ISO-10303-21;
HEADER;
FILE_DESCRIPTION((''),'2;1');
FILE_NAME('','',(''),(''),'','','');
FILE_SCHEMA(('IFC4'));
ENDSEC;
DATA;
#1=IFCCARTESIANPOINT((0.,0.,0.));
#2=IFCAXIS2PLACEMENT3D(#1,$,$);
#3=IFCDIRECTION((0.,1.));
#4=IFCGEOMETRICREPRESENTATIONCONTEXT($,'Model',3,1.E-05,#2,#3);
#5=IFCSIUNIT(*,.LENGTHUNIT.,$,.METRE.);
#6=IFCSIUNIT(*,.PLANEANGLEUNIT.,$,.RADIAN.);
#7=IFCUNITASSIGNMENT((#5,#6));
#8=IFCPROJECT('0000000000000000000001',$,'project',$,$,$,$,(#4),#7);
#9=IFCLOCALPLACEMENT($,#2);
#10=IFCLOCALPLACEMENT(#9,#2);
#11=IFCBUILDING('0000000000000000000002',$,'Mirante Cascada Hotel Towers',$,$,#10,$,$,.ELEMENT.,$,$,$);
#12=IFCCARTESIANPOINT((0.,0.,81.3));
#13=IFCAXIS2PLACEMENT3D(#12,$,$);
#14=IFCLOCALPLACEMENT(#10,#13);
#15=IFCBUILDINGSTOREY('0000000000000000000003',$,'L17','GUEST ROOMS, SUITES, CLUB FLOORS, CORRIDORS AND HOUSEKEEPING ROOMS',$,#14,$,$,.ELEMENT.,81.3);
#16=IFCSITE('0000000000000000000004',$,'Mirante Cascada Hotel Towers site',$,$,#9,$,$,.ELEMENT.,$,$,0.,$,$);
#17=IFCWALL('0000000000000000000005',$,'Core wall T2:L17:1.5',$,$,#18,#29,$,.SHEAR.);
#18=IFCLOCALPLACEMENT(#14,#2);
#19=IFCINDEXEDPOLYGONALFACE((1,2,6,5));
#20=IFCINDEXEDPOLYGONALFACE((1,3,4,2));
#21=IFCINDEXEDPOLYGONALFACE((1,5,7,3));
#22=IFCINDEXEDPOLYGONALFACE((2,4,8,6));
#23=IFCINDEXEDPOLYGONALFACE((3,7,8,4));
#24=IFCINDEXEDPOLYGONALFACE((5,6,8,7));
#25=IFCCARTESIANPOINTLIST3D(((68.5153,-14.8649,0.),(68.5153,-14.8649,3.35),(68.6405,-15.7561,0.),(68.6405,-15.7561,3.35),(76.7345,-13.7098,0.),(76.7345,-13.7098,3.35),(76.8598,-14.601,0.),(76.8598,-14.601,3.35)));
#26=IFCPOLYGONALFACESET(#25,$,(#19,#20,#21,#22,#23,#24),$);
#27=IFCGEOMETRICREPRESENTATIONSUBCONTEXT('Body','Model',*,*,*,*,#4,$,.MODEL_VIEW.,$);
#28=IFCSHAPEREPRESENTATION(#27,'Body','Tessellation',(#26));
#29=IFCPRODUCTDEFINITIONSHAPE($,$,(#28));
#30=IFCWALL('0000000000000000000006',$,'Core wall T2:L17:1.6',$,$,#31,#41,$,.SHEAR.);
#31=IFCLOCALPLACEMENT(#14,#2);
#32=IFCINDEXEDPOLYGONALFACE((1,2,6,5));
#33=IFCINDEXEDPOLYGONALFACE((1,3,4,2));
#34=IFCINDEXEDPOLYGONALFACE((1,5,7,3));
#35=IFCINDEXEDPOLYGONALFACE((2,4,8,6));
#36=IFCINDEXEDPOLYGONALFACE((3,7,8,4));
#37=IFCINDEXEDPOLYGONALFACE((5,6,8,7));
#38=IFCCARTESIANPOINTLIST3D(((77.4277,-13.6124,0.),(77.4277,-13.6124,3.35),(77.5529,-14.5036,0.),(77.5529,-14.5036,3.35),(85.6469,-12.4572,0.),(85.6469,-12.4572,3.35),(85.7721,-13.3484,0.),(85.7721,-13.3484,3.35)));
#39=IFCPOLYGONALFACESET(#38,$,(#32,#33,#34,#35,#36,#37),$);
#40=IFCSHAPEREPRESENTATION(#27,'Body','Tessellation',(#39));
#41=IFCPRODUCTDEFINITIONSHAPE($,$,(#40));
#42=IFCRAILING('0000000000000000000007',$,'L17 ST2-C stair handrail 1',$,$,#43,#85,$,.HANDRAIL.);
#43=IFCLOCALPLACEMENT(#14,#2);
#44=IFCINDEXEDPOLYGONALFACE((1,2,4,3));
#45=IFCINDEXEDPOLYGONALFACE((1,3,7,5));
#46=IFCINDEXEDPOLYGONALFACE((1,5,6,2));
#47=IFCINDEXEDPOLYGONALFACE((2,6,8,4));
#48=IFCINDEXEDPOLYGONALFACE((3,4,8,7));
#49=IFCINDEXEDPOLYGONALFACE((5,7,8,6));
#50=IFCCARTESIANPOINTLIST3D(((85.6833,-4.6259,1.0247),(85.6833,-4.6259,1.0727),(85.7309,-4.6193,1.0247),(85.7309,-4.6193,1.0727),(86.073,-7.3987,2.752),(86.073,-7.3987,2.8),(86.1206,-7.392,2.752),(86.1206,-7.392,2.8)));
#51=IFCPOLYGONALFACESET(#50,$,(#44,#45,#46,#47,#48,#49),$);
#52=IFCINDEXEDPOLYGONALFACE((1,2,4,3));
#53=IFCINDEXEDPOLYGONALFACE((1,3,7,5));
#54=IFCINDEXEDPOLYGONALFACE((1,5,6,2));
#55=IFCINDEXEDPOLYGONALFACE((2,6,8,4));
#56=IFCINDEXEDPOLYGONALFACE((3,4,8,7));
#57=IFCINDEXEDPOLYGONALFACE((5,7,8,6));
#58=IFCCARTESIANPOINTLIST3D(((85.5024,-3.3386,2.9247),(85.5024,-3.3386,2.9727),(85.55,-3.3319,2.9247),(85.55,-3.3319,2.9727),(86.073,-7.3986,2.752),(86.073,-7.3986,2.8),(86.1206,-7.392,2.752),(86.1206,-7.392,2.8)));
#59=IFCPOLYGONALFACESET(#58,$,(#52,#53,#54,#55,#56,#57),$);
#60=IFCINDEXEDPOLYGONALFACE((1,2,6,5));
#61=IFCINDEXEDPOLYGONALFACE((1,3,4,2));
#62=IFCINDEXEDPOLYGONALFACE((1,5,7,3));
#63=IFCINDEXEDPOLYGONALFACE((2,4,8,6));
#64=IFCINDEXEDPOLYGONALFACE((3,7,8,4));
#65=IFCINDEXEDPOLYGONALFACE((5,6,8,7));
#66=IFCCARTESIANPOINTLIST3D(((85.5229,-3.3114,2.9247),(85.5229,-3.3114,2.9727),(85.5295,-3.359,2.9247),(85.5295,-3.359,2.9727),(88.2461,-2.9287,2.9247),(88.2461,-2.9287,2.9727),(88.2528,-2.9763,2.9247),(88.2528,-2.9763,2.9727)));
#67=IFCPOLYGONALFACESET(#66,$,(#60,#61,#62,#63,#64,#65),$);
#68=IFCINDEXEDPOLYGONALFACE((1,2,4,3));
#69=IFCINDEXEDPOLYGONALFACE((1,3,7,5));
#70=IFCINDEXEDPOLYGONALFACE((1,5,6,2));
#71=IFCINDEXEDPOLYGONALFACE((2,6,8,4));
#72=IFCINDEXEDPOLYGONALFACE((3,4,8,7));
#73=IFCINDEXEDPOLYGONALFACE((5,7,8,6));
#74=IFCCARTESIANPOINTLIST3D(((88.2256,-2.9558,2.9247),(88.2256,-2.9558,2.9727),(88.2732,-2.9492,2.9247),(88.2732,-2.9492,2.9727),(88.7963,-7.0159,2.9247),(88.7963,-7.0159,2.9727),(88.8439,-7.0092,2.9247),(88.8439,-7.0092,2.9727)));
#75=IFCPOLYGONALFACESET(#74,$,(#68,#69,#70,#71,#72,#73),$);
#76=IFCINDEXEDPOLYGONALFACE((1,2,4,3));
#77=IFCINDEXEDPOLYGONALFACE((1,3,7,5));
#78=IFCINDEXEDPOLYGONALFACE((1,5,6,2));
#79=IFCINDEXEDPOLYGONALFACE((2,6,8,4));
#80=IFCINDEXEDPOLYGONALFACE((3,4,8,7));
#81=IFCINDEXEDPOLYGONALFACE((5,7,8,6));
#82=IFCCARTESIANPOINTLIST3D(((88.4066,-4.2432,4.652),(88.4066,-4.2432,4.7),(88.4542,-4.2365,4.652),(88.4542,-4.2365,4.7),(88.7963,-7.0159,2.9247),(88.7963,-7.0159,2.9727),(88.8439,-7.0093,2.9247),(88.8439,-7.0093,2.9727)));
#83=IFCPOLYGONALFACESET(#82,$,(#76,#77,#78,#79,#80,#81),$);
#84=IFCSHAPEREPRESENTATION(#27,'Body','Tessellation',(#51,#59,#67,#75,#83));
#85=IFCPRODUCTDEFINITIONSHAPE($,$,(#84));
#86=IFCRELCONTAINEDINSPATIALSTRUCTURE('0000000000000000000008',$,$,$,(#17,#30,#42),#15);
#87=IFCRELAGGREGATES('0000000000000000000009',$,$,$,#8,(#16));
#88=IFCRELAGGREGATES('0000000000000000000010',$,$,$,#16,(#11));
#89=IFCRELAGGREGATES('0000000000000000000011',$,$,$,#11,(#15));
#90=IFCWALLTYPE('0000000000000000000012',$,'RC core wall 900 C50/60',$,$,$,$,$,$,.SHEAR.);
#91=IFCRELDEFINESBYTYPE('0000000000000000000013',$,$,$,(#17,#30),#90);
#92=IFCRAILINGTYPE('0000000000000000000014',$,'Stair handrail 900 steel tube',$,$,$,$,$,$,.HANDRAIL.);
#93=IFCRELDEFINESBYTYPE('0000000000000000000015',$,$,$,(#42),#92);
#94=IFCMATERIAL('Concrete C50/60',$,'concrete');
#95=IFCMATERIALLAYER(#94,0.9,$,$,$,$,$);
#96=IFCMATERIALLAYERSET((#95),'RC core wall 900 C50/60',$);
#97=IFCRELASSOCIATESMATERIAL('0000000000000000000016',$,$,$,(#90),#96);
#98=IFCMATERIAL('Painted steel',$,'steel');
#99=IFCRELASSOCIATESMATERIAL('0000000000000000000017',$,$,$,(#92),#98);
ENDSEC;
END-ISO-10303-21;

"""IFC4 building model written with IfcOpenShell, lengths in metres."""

from ifc_helpers import new_model, si_unit, direction, frame, frame_2d, origin, origin_2d, place, context, subcontext, project, spatial, rectangle, extrude, material, layer, layer_set, type_object, element, save


model = new_model("IFC4")

# Units and contexts
model_context = context("Model", 3, precision=1e-05, world=origin(), true_north=direction((0.0, 1.0)))
body_context = subcontext(model_context, "Body", "Model", "MODEL_VIEW")
ifc_project = project(units=[si_unit("LENGTHUNIT", "METRE"), si_unit("PLANEANGLEUNIT", "RADIAN")], contexts=[model_context])

# Site, building, storey
site_placement = place(None, origin())
site = spatial("IfcSite", under=ifc_project, at=site_placement, Name="Mirante Cascada Hotel Towers site", CompositionType="ELEMENT", RefElevation=0.0)
building_placement = place(site_placement, origin())
building = spatial("IfcBuilding", under=site, at=building_placement, Name="Mirante Cascada Hotel Towers", CompositionType="ELEMENT")
storey_placement = place(building_placement, frame((0.0, 0.0, 81.3)))
storey = spatial("IfcBuildingStorey", under=building, at=storey_placement, Name="L17", Description="GUEST ROOMS, SUITES, CLUB FLOORS, CORRIDORS AND HOUSEKEEPING ROOMS", CompositionType="ELEMENT", Elevation=81.3)

# Walls
ifc_material_1 = material(Name="Concrete C50/60", Category="concrete")
ifc_layer_1 = layer(ifc_material_1, 0.9)
ifc_layer_set_1 = layer_set([ifc_layer_1], Name="RC core wall 900 C50/60")
wall_type_1 = type_object("IfcWallType", Name="RC core wall 900 C50/60", PredefinedType="SHEAR", material=ifc_layer_set_1)
for number, where, z_axis, x_axis, name in (
    (1, (68.5779, -15.3105, 0.0), (0.0, 0.0, 1.0), (0.990269, 0.139169, 0.0), "Core wall T2:L17:1.5"),
    (2, (77.4903, -14.058, 0.0), (0.0, 0.0, 1.0), (0.990267, 0.139181, 0.0), "Core wall T2:L17:1.6"),
):
    element("IfcWall", number, at=place(storey_placement, frame(where, z_axis=z_axis, x_axis=x_axis)), inside=storey, type_object=wall_type_1, Name=name, PredefinedType="SHEAR", context=body_context, shape_type="SweptSolid", body=[
        extrude(rectangle(XDim=8.3, YDim=0.9, at=frame_2d((4.15, 0.0))), origin(), (0.0, 0.0, 1.0), 3.35),
    ])

# Railing
ifc_material_2 = material(Name="Painted steel", Category="steel")
railing_type = type_object("IfcRailingType", Name="Stair handrail 900 steel tube", PredefinedType="HANDRAIL", material=ifc_material_2)
railing_placement = place(storey_placement, frame((85.7071, -4.6226, 0.1727)))
element("IfcRailing", 3, at=railing_placement, inside=storey, type_object=railing_type, Name="L17 ST2-C stair handrail 1", PredefinedType="HANDRAIL", context=body_context, shape_type="SweptSolid", body=[
    extrude(rectangle(XDim=0.048, YDim=0.048, at=origin_2d()), frame((0.0, 0.0, 0.876), z_axis=(0.139181, -0.990267, 0.0), x_axis=(0.990267, 0.139181, 0.0)), (0.0, 0.525035, 0.851081), 3.2899),
    extrude(rectangle(XDim=0.048, YDim=0.048, at=origin_2d()), frame((0.3897, -2.7727, 2.6033), z_axis=(-0.139171, 0.990268, 0.0), x_axis=(-0.990268, -0.139171, 0.0)), (0.0, 0.042085, 0.999114), 4.1036),
    extrude(rectangle(XDim=0.048, YDim=0.048, at=origin_2d()), frame((-0.1809, 1.2874, 2.776), z_axis=(0.990269, 0.139166, 0.0), x_axis=(-0.139166, 0.990269, 0.0)), (0.0, 0.0, 1.0), 2.75),
    extrude(rectangle(XDim=0.048, YDim=0.048, at=origin_2d()), frame((2.5423, 1.6701, 2.776), z_axis=(0.139195, -0.990265, 0.0), x_axis=(0.990265, 0.139195, 0.0)), (0.0, 0.0, 1.0), 4.1),
    extrude(rectangle(XDim=0.048, YDim=0.048, at=origin_2d()), frame((3.113, -2.39, 2.776), z_axis=(-0.139181, 0.990267, 0.0), x_axis=(-0.990267, -0.139181, 0.0)), (0.0, 0.525035, 0.851081), 3.2899),
])

save(model, "model.ifc")
